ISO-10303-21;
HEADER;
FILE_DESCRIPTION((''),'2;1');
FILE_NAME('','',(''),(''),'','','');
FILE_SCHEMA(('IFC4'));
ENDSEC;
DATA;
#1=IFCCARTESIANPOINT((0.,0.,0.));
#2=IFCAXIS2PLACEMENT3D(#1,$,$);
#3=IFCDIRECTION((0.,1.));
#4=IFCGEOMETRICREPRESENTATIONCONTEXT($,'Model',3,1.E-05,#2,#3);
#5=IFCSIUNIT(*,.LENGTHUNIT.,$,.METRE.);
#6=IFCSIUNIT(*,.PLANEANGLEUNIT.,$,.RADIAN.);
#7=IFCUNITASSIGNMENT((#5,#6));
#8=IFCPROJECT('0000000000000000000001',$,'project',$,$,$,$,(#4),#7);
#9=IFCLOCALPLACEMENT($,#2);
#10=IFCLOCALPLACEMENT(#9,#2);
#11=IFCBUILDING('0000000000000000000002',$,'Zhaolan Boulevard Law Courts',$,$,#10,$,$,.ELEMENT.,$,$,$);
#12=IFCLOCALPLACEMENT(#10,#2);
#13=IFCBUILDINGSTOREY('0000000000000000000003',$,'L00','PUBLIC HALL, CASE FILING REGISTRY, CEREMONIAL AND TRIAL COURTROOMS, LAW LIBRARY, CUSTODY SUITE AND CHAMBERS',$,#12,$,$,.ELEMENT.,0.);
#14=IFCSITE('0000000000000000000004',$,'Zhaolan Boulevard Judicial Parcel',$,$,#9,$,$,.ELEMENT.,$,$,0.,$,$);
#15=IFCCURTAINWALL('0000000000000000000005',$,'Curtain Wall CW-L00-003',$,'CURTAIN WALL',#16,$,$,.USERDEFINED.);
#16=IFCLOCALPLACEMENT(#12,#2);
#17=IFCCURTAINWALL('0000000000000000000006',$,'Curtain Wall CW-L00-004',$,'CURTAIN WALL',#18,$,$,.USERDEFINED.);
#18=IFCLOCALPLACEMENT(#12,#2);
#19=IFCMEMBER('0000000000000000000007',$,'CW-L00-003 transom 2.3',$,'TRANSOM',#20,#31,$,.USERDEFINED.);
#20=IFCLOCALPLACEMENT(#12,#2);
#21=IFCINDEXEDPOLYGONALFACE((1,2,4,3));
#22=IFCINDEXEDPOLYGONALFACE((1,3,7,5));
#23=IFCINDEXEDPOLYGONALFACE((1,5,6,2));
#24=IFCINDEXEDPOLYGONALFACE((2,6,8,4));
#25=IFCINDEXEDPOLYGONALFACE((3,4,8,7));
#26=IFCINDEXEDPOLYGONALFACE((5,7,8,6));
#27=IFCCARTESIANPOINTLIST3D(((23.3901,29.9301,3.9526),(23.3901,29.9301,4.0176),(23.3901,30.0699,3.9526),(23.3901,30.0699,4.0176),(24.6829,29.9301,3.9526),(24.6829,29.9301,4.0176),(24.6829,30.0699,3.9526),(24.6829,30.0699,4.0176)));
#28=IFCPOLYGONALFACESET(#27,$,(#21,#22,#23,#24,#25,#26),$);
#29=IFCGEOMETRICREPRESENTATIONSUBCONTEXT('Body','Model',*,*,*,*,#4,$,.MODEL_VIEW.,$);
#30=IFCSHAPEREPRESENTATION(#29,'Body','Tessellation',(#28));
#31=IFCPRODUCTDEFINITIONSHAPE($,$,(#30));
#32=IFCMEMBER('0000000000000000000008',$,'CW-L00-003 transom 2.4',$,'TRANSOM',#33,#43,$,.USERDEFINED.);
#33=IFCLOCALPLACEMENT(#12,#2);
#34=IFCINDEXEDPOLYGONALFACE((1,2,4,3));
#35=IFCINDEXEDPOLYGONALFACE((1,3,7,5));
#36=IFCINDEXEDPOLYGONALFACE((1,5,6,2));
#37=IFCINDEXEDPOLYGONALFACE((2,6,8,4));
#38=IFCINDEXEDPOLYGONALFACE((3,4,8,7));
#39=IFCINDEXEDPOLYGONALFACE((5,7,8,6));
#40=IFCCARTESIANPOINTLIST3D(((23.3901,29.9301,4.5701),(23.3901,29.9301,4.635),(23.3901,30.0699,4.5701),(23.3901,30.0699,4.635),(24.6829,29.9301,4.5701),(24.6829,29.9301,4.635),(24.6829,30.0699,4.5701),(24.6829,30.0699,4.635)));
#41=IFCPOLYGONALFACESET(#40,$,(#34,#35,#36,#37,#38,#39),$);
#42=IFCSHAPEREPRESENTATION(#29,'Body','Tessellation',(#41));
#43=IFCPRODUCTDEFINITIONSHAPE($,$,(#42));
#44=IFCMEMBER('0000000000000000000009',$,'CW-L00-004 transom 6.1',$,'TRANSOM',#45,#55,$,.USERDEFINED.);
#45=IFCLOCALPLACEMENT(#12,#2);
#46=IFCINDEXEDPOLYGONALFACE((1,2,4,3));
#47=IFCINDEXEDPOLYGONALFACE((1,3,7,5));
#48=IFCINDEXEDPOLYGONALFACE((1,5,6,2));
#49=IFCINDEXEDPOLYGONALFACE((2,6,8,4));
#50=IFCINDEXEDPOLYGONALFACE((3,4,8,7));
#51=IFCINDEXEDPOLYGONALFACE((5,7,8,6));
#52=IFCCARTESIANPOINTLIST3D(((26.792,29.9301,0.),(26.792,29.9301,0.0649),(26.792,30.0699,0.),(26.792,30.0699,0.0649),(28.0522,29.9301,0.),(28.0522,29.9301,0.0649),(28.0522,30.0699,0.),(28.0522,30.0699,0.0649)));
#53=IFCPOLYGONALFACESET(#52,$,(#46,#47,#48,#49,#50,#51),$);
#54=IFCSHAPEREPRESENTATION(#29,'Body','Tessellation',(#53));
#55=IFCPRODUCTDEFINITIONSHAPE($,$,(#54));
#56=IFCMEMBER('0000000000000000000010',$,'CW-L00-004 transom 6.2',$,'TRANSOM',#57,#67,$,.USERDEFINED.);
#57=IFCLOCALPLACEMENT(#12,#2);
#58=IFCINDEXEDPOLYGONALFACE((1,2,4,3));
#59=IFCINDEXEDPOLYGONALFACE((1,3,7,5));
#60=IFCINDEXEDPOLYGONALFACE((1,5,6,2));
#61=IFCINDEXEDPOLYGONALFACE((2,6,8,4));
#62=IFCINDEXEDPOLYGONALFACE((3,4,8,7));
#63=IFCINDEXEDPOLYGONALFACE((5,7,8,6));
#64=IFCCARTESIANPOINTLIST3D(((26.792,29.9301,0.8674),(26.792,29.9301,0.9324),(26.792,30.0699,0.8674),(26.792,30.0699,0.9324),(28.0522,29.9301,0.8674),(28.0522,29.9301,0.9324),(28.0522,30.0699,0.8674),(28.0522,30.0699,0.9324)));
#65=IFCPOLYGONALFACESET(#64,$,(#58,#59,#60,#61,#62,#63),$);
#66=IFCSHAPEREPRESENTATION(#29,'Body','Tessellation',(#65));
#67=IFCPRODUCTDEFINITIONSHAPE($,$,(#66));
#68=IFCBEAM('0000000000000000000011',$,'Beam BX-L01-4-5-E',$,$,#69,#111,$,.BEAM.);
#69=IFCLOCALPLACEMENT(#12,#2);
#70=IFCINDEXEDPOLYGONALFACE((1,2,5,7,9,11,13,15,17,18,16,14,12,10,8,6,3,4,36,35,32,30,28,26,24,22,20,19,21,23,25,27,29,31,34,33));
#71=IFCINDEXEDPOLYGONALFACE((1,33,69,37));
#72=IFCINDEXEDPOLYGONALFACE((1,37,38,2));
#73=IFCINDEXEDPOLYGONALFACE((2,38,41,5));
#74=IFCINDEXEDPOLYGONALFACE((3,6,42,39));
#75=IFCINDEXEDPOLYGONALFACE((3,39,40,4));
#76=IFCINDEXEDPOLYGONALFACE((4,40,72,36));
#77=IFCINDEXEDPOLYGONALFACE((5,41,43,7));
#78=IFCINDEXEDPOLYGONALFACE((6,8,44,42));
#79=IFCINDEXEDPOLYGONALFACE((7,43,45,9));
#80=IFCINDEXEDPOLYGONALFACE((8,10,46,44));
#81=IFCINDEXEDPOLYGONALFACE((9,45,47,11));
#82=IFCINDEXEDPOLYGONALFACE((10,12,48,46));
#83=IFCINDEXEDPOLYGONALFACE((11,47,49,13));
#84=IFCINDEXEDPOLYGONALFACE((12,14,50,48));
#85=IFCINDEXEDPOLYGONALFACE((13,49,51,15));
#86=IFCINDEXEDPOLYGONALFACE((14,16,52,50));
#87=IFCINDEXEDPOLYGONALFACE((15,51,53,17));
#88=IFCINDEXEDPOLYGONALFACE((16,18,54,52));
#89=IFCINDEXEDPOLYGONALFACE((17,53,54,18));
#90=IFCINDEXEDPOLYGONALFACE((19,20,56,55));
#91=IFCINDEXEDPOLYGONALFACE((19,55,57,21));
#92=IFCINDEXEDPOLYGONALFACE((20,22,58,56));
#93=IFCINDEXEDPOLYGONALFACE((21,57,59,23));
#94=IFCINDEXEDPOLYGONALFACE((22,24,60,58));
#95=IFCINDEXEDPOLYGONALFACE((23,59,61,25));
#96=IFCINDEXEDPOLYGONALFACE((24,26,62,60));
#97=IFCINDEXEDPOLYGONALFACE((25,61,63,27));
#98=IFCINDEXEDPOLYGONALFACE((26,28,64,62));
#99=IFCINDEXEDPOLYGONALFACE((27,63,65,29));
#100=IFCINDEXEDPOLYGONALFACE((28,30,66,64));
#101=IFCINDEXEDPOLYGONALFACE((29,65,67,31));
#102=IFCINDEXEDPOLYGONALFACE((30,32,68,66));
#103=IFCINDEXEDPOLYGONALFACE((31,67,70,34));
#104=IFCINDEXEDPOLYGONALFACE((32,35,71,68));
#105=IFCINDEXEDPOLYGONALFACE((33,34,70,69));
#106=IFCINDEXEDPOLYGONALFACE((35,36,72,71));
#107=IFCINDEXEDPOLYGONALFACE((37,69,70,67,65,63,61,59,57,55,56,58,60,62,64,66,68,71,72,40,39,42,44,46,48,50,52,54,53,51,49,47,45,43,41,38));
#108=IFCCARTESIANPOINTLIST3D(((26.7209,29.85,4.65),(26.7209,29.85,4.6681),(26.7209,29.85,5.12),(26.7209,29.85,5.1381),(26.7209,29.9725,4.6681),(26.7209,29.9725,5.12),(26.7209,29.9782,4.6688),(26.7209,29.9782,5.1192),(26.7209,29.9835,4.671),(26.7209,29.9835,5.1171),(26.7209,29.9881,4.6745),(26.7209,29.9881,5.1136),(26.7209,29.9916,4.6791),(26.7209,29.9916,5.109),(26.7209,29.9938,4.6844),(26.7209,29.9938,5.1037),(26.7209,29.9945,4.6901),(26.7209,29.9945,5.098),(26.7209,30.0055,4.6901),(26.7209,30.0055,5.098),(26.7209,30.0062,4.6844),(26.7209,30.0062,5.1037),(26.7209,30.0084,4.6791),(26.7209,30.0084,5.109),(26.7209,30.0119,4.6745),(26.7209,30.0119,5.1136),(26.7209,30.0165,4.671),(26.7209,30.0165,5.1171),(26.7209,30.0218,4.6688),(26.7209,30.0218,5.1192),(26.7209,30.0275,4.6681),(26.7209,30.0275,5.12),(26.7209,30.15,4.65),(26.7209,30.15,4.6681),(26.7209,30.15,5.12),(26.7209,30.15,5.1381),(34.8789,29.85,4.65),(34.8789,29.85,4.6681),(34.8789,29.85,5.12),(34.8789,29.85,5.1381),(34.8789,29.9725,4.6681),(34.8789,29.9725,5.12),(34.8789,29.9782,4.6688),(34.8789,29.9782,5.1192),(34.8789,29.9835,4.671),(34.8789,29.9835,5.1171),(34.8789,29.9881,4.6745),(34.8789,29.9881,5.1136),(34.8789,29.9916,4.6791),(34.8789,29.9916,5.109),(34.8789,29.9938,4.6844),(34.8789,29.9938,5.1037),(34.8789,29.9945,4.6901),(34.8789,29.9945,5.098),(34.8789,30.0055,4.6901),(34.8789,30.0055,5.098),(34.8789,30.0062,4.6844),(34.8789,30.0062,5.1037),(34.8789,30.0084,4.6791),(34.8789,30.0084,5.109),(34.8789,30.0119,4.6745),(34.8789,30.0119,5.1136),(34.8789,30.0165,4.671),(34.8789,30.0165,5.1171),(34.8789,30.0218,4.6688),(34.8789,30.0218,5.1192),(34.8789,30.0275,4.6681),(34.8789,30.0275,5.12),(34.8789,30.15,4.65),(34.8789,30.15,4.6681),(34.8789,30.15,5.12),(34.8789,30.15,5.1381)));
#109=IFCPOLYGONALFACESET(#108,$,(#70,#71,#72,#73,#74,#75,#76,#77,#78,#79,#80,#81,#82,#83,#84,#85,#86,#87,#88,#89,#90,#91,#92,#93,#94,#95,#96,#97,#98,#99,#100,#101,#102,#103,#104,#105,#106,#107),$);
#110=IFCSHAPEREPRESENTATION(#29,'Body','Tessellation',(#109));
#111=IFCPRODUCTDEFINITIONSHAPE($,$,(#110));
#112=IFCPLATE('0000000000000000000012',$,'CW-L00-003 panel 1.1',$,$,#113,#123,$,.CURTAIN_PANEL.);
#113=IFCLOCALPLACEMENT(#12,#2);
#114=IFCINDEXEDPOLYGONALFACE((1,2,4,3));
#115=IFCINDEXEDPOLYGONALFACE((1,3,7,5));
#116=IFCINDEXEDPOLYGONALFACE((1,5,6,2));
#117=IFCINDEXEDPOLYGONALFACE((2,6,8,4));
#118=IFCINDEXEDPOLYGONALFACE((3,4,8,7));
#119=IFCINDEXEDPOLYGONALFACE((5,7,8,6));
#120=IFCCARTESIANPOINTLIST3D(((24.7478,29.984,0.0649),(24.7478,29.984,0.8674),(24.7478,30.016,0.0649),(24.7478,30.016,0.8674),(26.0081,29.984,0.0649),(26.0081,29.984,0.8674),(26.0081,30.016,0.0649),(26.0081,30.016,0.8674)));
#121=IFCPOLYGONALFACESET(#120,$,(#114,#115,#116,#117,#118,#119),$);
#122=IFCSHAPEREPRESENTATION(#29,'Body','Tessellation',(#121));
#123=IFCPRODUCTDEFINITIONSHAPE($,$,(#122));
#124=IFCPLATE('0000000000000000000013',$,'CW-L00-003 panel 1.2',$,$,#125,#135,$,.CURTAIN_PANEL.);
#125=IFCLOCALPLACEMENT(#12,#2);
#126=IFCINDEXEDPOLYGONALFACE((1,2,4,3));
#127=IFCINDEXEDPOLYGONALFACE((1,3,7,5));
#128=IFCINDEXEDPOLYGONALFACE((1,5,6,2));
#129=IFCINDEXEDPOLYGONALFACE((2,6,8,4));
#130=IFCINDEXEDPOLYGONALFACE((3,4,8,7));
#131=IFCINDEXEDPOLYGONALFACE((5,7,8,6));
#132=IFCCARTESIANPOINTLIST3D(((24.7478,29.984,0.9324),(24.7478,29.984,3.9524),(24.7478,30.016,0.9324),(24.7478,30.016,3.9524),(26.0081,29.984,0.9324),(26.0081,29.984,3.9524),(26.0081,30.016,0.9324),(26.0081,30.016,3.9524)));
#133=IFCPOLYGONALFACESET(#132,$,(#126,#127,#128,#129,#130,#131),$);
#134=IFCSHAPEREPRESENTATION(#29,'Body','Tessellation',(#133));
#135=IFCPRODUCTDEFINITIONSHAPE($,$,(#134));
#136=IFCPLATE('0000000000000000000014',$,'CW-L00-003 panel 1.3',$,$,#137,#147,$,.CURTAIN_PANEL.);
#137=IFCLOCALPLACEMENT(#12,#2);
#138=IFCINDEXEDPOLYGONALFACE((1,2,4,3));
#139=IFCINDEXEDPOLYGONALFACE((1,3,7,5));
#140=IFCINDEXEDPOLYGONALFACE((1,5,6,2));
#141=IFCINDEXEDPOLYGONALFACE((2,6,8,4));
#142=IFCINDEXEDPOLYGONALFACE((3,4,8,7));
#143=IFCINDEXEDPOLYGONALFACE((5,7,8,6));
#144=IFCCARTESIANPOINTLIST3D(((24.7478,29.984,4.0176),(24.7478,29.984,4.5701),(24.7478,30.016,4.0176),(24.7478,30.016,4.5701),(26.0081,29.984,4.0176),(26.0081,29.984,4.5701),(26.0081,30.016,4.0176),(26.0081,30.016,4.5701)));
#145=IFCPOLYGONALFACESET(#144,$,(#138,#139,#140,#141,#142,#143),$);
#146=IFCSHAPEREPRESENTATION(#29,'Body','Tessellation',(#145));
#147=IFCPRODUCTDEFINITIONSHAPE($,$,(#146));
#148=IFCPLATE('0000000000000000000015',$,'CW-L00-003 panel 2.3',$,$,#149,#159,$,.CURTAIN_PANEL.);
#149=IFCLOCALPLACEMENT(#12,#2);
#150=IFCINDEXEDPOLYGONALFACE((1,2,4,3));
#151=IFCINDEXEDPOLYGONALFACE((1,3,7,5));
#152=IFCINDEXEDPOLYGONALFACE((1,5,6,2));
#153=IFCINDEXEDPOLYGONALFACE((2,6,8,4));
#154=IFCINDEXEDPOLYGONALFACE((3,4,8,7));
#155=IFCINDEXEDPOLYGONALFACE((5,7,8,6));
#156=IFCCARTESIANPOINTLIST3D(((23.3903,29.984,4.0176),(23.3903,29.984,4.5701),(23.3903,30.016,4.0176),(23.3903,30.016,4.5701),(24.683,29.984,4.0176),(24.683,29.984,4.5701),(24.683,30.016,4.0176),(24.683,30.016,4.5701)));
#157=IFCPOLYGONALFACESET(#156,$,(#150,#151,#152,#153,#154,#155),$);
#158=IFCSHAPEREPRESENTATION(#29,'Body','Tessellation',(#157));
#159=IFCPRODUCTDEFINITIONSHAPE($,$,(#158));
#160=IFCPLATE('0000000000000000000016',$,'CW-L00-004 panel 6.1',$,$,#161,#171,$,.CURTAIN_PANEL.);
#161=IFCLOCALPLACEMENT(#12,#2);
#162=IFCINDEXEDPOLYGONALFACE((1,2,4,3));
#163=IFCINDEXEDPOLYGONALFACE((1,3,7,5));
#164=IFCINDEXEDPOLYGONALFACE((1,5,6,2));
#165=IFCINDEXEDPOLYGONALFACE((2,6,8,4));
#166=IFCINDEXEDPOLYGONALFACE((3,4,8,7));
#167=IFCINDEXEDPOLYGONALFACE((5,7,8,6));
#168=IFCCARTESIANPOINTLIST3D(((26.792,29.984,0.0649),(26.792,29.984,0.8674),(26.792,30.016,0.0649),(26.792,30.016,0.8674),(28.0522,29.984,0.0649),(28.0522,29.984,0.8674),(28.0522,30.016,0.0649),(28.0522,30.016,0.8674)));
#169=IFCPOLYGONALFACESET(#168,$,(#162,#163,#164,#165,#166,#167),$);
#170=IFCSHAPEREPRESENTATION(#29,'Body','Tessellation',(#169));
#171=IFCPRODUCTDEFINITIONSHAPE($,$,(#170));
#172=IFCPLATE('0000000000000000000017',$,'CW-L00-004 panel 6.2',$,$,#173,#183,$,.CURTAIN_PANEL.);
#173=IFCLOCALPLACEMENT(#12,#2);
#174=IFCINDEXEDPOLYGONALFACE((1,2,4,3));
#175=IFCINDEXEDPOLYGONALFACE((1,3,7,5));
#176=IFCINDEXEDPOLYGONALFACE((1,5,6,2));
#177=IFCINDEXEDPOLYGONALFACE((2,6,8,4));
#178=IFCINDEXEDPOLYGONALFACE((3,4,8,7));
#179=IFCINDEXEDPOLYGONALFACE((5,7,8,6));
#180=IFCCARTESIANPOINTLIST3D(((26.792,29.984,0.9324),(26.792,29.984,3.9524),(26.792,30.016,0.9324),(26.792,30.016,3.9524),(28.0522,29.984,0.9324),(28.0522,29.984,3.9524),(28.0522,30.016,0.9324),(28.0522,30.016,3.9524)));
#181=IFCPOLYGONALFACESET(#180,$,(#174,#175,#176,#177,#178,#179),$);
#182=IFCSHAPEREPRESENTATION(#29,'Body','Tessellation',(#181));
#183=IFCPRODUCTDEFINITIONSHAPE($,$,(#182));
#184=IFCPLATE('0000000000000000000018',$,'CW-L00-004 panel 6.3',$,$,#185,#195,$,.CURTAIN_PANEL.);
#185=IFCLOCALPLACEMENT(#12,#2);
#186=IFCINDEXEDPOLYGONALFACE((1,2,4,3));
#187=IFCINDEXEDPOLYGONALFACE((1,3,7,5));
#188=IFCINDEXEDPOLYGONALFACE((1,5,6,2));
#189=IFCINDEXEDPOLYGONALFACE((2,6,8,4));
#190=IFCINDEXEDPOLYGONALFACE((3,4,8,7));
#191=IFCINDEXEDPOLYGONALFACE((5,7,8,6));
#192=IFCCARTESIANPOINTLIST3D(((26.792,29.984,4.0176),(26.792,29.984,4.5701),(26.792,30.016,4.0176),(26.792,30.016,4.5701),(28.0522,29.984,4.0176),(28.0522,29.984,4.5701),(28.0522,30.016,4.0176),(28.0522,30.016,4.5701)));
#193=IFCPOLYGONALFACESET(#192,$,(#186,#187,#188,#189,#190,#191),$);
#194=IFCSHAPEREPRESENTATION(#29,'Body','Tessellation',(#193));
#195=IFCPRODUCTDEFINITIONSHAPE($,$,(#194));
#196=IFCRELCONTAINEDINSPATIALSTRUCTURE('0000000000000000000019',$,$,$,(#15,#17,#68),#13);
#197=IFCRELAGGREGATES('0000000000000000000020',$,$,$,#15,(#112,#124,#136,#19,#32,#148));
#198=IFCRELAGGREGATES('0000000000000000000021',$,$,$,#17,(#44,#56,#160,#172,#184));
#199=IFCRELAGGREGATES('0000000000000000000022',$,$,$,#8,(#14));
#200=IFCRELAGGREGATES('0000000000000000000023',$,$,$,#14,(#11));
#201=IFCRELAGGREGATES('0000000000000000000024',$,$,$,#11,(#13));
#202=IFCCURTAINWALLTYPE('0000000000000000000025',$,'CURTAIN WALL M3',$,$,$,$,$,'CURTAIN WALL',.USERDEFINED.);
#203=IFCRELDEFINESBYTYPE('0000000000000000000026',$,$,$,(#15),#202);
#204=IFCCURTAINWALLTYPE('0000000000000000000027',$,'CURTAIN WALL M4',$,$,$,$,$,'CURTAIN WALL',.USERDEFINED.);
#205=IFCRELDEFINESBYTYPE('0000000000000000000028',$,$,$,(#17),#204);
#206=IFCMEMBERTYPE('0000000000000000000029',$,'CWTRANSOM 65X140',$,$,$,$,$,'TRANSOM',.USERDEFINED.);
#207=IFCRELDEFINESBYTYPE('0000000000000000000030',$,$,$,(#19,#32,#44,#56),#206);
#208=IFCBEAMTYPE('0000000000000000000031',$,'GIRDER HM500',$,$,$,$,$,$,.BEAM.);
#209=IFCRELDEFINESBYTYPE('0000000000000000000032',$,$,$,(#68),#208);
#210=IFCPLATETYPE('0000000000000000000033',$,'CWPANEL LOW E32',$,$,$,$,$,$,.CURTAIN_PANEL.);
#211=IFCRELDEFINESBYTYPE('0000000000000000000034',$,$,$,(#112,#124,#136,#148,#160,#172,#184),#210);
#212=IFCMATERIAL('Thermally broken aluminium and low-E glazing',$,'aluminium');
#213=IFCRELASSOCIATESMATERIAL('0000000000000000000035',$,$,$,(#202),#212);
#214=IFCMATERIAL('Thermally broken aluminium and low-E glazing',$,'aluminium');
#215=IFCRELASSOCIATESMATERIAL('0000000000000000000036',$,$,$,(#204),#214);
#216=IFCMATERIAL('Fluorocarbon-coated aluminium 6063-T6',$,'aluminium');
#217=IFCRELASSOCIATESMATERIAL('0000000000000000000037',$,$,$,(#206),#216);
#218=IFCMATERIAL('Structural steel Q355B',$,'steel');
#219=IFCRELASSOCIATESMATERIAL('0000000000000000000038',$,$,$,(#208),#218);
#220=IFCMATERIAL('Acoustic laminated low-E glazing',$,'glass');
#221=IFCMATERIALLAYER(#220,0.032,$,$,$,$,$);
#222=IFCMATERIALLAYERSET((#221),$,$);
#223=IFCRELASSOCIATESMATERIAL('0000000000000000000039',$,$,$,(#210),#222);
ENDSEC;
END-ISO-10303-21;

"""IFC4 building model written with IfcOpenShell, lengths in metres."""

from ifc_helpers import new_model, si_unit, direction, frame, origin, origin_2d, place, context, subcontext, project, spatial, rectangle, i_section, extrude, material, layer, layer_set, material_profile, profile_set, type_object, element, aggregate, save


model = new_model("IFC4")

# Units and contexts
model_context = context("Model", 3, precision=1e-05, world=origin(), true_north=direction((0.0, 1.0)))
body_context = subcontext(model_context, "Body", "Model", "MODEL_VIEW")
ifc_project = project(units=[si_unit("LENGTHUNIT", "METRE"), si_unit("PLANEANGLEUNIT", "RADIAN")], contexts=[model_context])

# Site, building, storey
site_placement = place(None, origin())
site = spatial("IfcSite", under=ifc_project, at=site_placement, Name="Zhaolan Boulevard Judicial Parcel", CompositionType="ELEMENT", RefElevation=0.0)
building_placement = place(site_placement, origin())
building = spatial("IfcBuilding", under=site, at=building_placement, Name="Zhaolan Boulevard Law Courts", CompositionType="ELEMENT")
storey_placement = place(building_placement, origin())
storey = spatial("IfcBuildingStorey", under=building, at=storey_placement, Name="L00", Description="PUBLIC HALL, CASE FILING REGISTRY, CEREMONIAL AND TRIAL COURTROOMS, LAW LIBRARY, CUSTODY SUITE AND CHAMBERS", CompositionType="ELEMENT", Elevation=0.0)

# Curtain wall
ifc_material_1 = material(Name="Thermally broken aluminium and low-E glazing", Category="aluminium")
curtain_wall_type_1 = type_object("IfcCurtainWallType", Name="CURTAIN WALL M3", ElementType="CURTAIN WALL", PredefinedType="USERDEFINED", material=ifc_material_1)
curtain_wall_1_placement = place(storey_placement, origin())
curtain_wall_1 = element("IfcCurtainWall", 1, at=curtain_wall_1_placement, inside=storey, type_object=curtain_wall_type_1, Name="Curtain Wall CW-L00-003", ObjectType="CURTAIN WALL", PredefinedType="USERDEFINED")

# Curtain wall
ifc_material_2 = material(Name="Thermally broken aluminium and low-E glazing", Category="aluminium")
curtain_wall_type_2 = type_object("IfcCurtainWallType", Name="CURTAIN WALL M4", ElementType="CURTAIN WALL", PredefinedType="USERDEFINED", material=ifc_material_2)
curtain_wall_2_placement = place(storey_placement, origin())
curtain_wall_2 = element("IfcCurtainWall", 2, at=curtain_wall_2_placement, inside=storey, type_object=curtain_wall_type_2, Name="Curtain Wall CW-L00-004", ObjectType="CURTAIN WALL", PredefinedType="USERDEFINED")

# Members
ifc_material_3 = material(Name="Fluorocarbon-coated aluminium 6063-T6", Category="aluminium")
ifc_material_profile_1 = material_profile(ifc_material_3, rectangle(XDim=0.1399, YDim=0.0649, at=origin_2d()), Name="AL65x140")
ifc_profile_set_1 = profile_set([ifc_material_profile_1], Name="Fluorocarbon-coated aluminium 6063-T6")
member_type_1 = type_object("IfcMemberType", Name="CWTRANSOM 65X140", ElementType="TRANSOM", PredefinedType="USERDEFINED", material=ifc_profile_set_1)
member_1_placement = place(storey_placement, frame((24.6829, 30.0, 3.9851), z_axis=(-1.0, 0.0, 0.0), x_axis=(0.0, -1.0, 0.0)))
member_1 = element("IfcMember", 3, at=member_1_placement, type_object=member_type_1, Name="CW-L00-003 transom 2.3", ObjectType="TRANSOM", PredefinedType="USERDEFINED", context=body_context, shape_type="SweptSolid", body=[
    extrude(rectangle(XDim=0.1399, YDim=0.0649, at=origin_2d()), origin(), (0.0, 0.0, 1.0), 1.2927),
])
member_2_placement = place(storey_placement, frame((24.6829, 30.0, 4.6025), z_axis=(-1.0, 0.0, 0.0), x_axis=(0.0, -1.0, 0.0)))
member_2 = element("IfcMember", 4, at=member_2_placement, type_object=member_type_1, Name="CW-L00-003 transom 2.4", ObjectType="TRANSOM", PredefinedType="USERDEFINED", context=body_context, shape_type="SweptSolid", body=[
    extrude(rectangle(XDim=0.1399, YDim=0.0649, at=origin_2d()), origin(), (0.0, 0.0, 1.0), 1.2927),
])
member_3_placement = place(storey_placement, frame((28.0522, 30.0, 0.0325), z_axis=(-1.0, 0.0, 0.0), x_axis=(0.0, -1.0, 0.0)))
member_3 = element("IfcMember", 5, at=member_3_placement, type_object=member_type_1, Name="CW-L00-004 transom 6.1", ObjectType="TRANSOM", PredefinedType="USERDEFINED", context=body_context, shape_type="SweptSolid", body=[
    extrude(rectangle(XDim=0.1399, YDim=0.0649, at=origin_2d()), origin(), (0.0, 0.0, 1.0), 1.2603),
])
member_4_placement = place(storey_placement, frame((28.0522, 30.0, 0.8999), z_axis=(-1.0, 0.0, 0.0), x_axis=(0.0, -1.0, 0.0)))
member_4 = element("IfcMember", 6, at=member_4_placement, type_object=member_type_1, Name="CW-L00-004 transom 6.2", ObjectType="TRANSOM", PredefinedType="USERDEFINED", context=body_context, shape_type="SweptSolid", body=[
    extrude(rectangle(XDim=0.1399, YDim=0.0649, at=origin_2d()), origin(), (0.0, 0.0, 1.0), 1.2603),
])

# Beam
ifc_material_4 = material(Name="Structural steel Q355B", Category="steel")
ifc_material_profile_2 = material_profile(ifc_material_4, i_section(OverallWidth=0.3, OverallDepth=0.488, WebThickness=0.011, FlangeThickness=0.0181, FilletRadius=0.022, at=origin_2d()), Name="HM488x300")
ifc_profile_set_2 = profile_set([ifc_material_profile_2], Name="Structural steel Q355B")
beam_type = type_object("IfcBeamType", Name="GIRDER HM500", PredefinedType="BEAM", material=ifc_profile_set_2)
beam_placement = place(storey_placement, frame((26.7209, 30.0, 4.894), z_axis=(1.0, 0.0, 0.0), x_axis=(0.0, 1.0, 0.0)))
element("IfcBeam", 7, at=beam_placement, inside=storey, type_object=beam_type, Name="Beam BX-L01-4-5-E", PredefinedType="BEAM", context=body_context, shape_type="SweptSolid", body=[
    extrude(i_section(OverallWidth=0.3, OverallDepth=0.488, WebThickness=0.011, FlangeThickness=0.0181, FilletRadius=0.022, at=origin_2d()), origin(), (0.0, 0.0, 1.0), 8.158),
])

# Plates
ifc_material_5 = material(Name="Acoustic laminated low-E glazing", Category="glass")
ifc_layer_1 = layer(ifc_material_5, 0.032)
ifc_layer_set_1 = layer_set([ifc_layer_1])
plate_type_1 = type_object("IfcPlateType", Name="CWPANEL LOW E32", PredefinedType="CURTAIN_PANEL", material=ifc_layer_set_1)
plate_1_placement = place(storey_placement, frame((25.3779, 30.0, 0.0649), z_axis=(0.0, 0.0, 1.0), x_axis=(-1.0, 0.0, 0.0)))
plate_1 = element("IfcPlate", 8, at=plate_1_placement, type_object=plate_type_1, Name="CW-L00-003 panel 1.1", PredefinedType="CURTAIN_PANEL", context=body_context, shape_type="SweptSolid", body=[
    extrude(rectangle(XDim=1.2603, YDim=0.032, at=origin_2d()), origin(), (0.0, 0.0, 1.0), 0.8025),
])
plate_2_placement = place(storey_placement, frame((25.3779, 30.0, 0.9324), z_axis=(0.0, 0.0, 1.0), x_axis=(-1.0, 0.0, 0.0)))
plate_2 = element("IfcPlate", 9, at=plate_2_placement, type_object=plate_type_1, Name="CW-L00-003 panel 1.2", PredefinedType="CURTAIN_PANEL", context=body_context, shape_type="SweptSolid", body=[
    extrude(rectangle(XDim=1.2603, YDim=0.032, at=origin_2d()), origin(), (0.0, 0.0, 1.0), 3.02),
])
plate_3_placement = place(storey_placement, frame((25.3779, 30.0, 4.0176), z_axis=(0.0, 0.0, 1.0), x_axis=(-1.0, 0.0, 0.0)))
plate_3 = element("IfcPlate", 10, at=plate_3_placement, type_object=plate_type_1, Name="CW-L00-003 panel 1.3", PredefinedType="CURTAIN_PANEL", context=body_context, shape_type="SweptSolid", body=[
    extrude(rectangle(XDim=1.2603, YDim=0.032, at=origin_2d()), origin(), (0.0, 0.0, 1.0), 0.5525),
])
plate_4_placement = place(storey_placement, frame((24.0366, 30.0, 4.0176), z_axis=(0.0, 0.0, 1.0), x_axis=(-1.0, 0.0, 0.0)))
plate_4 = element("IfcPlate", 11, at=plate_4_placement, type_object=plate_type_1, Name="CW-L00-003 panel 2.3", PredefinedType="CURTAIN_PANEL", context=body_context, shape_type="SweptSolid", body=[
    extrude(rectangle(XDim=1.2927, YDim=0.032, at=origin_2d()), origin(), (0.0, 0.0, 1.0), 0.5525),
])
aggregate(curtain_wall_1, [plate_1, plate_2, plate_3, member_1, member_2, plate_4])
plate_5_placement = place(storey_placement, frame((27.4221, 30.0, 0.0649), z_axis=(0.0, 0.0, 1.0), x_axis=(-1.0, 0.0, 0.0)))
plate_5 = element("IfcPlate", 12, at=plate_5_placement, type_object=plate_type_1, Name="CW-L00-004 panel 6.1", PredefinedType="CURTAIN_PANEL", context=body_context, shape_type="SweptSolid", body=[
    extrude(rectangle(XDim=1.2603, YDim=0.032, at=origin_2d()), origin(), (0.0, 0.0, 1.0), 0.8025),
])
plate_6_placement = place(storey_placement, frame((27.4221, 30.0, 0.9324), z_axis=(0.0, 0.0, 1.0), x_axis=(-1.0, 0.0, 0.0)))
plate_6 = element("IfcPlate", 13, at=plate_6_placement, type_object=plate_type_1, Name="CW-L00-004 panel 6.2", PredefinedType="CURTAIN_PANEL", context=body_context, shape_type="SweptSolid", body=[
    extrude(rectangle(XDim=1.2603, YDim=0.032, at=origin_2d()), origin(), (0.0, 0.0, 1.0), 3.02),
])
plate_7_placement = place(storey_placement, frame((27.4221, 30.0, 4.0176), z_axis=(0.0, 0.0, 1.0), x_axis=(-1.0, 0.0, 0.0)))
plate_7 = element("IfcPlate", 14, at=plate_7_placement, type_object=plate_type_1, Name="CW-L00-004 panel 6.3", PredefinedType="CURTAIN_PANEL", context=body_context, shape_type="SweptSolid", body=[
    extrude(rectangle(XDim=1.2603, YDim=0.032, at=origin_2d()), origin(), (0.0, 0.0, 1.0), 0.5525),
])
aggregate(curtain_wall_2, [member_3, member_4, plate_5, plate_6, plate_7])

save(model, "model.ifc")
